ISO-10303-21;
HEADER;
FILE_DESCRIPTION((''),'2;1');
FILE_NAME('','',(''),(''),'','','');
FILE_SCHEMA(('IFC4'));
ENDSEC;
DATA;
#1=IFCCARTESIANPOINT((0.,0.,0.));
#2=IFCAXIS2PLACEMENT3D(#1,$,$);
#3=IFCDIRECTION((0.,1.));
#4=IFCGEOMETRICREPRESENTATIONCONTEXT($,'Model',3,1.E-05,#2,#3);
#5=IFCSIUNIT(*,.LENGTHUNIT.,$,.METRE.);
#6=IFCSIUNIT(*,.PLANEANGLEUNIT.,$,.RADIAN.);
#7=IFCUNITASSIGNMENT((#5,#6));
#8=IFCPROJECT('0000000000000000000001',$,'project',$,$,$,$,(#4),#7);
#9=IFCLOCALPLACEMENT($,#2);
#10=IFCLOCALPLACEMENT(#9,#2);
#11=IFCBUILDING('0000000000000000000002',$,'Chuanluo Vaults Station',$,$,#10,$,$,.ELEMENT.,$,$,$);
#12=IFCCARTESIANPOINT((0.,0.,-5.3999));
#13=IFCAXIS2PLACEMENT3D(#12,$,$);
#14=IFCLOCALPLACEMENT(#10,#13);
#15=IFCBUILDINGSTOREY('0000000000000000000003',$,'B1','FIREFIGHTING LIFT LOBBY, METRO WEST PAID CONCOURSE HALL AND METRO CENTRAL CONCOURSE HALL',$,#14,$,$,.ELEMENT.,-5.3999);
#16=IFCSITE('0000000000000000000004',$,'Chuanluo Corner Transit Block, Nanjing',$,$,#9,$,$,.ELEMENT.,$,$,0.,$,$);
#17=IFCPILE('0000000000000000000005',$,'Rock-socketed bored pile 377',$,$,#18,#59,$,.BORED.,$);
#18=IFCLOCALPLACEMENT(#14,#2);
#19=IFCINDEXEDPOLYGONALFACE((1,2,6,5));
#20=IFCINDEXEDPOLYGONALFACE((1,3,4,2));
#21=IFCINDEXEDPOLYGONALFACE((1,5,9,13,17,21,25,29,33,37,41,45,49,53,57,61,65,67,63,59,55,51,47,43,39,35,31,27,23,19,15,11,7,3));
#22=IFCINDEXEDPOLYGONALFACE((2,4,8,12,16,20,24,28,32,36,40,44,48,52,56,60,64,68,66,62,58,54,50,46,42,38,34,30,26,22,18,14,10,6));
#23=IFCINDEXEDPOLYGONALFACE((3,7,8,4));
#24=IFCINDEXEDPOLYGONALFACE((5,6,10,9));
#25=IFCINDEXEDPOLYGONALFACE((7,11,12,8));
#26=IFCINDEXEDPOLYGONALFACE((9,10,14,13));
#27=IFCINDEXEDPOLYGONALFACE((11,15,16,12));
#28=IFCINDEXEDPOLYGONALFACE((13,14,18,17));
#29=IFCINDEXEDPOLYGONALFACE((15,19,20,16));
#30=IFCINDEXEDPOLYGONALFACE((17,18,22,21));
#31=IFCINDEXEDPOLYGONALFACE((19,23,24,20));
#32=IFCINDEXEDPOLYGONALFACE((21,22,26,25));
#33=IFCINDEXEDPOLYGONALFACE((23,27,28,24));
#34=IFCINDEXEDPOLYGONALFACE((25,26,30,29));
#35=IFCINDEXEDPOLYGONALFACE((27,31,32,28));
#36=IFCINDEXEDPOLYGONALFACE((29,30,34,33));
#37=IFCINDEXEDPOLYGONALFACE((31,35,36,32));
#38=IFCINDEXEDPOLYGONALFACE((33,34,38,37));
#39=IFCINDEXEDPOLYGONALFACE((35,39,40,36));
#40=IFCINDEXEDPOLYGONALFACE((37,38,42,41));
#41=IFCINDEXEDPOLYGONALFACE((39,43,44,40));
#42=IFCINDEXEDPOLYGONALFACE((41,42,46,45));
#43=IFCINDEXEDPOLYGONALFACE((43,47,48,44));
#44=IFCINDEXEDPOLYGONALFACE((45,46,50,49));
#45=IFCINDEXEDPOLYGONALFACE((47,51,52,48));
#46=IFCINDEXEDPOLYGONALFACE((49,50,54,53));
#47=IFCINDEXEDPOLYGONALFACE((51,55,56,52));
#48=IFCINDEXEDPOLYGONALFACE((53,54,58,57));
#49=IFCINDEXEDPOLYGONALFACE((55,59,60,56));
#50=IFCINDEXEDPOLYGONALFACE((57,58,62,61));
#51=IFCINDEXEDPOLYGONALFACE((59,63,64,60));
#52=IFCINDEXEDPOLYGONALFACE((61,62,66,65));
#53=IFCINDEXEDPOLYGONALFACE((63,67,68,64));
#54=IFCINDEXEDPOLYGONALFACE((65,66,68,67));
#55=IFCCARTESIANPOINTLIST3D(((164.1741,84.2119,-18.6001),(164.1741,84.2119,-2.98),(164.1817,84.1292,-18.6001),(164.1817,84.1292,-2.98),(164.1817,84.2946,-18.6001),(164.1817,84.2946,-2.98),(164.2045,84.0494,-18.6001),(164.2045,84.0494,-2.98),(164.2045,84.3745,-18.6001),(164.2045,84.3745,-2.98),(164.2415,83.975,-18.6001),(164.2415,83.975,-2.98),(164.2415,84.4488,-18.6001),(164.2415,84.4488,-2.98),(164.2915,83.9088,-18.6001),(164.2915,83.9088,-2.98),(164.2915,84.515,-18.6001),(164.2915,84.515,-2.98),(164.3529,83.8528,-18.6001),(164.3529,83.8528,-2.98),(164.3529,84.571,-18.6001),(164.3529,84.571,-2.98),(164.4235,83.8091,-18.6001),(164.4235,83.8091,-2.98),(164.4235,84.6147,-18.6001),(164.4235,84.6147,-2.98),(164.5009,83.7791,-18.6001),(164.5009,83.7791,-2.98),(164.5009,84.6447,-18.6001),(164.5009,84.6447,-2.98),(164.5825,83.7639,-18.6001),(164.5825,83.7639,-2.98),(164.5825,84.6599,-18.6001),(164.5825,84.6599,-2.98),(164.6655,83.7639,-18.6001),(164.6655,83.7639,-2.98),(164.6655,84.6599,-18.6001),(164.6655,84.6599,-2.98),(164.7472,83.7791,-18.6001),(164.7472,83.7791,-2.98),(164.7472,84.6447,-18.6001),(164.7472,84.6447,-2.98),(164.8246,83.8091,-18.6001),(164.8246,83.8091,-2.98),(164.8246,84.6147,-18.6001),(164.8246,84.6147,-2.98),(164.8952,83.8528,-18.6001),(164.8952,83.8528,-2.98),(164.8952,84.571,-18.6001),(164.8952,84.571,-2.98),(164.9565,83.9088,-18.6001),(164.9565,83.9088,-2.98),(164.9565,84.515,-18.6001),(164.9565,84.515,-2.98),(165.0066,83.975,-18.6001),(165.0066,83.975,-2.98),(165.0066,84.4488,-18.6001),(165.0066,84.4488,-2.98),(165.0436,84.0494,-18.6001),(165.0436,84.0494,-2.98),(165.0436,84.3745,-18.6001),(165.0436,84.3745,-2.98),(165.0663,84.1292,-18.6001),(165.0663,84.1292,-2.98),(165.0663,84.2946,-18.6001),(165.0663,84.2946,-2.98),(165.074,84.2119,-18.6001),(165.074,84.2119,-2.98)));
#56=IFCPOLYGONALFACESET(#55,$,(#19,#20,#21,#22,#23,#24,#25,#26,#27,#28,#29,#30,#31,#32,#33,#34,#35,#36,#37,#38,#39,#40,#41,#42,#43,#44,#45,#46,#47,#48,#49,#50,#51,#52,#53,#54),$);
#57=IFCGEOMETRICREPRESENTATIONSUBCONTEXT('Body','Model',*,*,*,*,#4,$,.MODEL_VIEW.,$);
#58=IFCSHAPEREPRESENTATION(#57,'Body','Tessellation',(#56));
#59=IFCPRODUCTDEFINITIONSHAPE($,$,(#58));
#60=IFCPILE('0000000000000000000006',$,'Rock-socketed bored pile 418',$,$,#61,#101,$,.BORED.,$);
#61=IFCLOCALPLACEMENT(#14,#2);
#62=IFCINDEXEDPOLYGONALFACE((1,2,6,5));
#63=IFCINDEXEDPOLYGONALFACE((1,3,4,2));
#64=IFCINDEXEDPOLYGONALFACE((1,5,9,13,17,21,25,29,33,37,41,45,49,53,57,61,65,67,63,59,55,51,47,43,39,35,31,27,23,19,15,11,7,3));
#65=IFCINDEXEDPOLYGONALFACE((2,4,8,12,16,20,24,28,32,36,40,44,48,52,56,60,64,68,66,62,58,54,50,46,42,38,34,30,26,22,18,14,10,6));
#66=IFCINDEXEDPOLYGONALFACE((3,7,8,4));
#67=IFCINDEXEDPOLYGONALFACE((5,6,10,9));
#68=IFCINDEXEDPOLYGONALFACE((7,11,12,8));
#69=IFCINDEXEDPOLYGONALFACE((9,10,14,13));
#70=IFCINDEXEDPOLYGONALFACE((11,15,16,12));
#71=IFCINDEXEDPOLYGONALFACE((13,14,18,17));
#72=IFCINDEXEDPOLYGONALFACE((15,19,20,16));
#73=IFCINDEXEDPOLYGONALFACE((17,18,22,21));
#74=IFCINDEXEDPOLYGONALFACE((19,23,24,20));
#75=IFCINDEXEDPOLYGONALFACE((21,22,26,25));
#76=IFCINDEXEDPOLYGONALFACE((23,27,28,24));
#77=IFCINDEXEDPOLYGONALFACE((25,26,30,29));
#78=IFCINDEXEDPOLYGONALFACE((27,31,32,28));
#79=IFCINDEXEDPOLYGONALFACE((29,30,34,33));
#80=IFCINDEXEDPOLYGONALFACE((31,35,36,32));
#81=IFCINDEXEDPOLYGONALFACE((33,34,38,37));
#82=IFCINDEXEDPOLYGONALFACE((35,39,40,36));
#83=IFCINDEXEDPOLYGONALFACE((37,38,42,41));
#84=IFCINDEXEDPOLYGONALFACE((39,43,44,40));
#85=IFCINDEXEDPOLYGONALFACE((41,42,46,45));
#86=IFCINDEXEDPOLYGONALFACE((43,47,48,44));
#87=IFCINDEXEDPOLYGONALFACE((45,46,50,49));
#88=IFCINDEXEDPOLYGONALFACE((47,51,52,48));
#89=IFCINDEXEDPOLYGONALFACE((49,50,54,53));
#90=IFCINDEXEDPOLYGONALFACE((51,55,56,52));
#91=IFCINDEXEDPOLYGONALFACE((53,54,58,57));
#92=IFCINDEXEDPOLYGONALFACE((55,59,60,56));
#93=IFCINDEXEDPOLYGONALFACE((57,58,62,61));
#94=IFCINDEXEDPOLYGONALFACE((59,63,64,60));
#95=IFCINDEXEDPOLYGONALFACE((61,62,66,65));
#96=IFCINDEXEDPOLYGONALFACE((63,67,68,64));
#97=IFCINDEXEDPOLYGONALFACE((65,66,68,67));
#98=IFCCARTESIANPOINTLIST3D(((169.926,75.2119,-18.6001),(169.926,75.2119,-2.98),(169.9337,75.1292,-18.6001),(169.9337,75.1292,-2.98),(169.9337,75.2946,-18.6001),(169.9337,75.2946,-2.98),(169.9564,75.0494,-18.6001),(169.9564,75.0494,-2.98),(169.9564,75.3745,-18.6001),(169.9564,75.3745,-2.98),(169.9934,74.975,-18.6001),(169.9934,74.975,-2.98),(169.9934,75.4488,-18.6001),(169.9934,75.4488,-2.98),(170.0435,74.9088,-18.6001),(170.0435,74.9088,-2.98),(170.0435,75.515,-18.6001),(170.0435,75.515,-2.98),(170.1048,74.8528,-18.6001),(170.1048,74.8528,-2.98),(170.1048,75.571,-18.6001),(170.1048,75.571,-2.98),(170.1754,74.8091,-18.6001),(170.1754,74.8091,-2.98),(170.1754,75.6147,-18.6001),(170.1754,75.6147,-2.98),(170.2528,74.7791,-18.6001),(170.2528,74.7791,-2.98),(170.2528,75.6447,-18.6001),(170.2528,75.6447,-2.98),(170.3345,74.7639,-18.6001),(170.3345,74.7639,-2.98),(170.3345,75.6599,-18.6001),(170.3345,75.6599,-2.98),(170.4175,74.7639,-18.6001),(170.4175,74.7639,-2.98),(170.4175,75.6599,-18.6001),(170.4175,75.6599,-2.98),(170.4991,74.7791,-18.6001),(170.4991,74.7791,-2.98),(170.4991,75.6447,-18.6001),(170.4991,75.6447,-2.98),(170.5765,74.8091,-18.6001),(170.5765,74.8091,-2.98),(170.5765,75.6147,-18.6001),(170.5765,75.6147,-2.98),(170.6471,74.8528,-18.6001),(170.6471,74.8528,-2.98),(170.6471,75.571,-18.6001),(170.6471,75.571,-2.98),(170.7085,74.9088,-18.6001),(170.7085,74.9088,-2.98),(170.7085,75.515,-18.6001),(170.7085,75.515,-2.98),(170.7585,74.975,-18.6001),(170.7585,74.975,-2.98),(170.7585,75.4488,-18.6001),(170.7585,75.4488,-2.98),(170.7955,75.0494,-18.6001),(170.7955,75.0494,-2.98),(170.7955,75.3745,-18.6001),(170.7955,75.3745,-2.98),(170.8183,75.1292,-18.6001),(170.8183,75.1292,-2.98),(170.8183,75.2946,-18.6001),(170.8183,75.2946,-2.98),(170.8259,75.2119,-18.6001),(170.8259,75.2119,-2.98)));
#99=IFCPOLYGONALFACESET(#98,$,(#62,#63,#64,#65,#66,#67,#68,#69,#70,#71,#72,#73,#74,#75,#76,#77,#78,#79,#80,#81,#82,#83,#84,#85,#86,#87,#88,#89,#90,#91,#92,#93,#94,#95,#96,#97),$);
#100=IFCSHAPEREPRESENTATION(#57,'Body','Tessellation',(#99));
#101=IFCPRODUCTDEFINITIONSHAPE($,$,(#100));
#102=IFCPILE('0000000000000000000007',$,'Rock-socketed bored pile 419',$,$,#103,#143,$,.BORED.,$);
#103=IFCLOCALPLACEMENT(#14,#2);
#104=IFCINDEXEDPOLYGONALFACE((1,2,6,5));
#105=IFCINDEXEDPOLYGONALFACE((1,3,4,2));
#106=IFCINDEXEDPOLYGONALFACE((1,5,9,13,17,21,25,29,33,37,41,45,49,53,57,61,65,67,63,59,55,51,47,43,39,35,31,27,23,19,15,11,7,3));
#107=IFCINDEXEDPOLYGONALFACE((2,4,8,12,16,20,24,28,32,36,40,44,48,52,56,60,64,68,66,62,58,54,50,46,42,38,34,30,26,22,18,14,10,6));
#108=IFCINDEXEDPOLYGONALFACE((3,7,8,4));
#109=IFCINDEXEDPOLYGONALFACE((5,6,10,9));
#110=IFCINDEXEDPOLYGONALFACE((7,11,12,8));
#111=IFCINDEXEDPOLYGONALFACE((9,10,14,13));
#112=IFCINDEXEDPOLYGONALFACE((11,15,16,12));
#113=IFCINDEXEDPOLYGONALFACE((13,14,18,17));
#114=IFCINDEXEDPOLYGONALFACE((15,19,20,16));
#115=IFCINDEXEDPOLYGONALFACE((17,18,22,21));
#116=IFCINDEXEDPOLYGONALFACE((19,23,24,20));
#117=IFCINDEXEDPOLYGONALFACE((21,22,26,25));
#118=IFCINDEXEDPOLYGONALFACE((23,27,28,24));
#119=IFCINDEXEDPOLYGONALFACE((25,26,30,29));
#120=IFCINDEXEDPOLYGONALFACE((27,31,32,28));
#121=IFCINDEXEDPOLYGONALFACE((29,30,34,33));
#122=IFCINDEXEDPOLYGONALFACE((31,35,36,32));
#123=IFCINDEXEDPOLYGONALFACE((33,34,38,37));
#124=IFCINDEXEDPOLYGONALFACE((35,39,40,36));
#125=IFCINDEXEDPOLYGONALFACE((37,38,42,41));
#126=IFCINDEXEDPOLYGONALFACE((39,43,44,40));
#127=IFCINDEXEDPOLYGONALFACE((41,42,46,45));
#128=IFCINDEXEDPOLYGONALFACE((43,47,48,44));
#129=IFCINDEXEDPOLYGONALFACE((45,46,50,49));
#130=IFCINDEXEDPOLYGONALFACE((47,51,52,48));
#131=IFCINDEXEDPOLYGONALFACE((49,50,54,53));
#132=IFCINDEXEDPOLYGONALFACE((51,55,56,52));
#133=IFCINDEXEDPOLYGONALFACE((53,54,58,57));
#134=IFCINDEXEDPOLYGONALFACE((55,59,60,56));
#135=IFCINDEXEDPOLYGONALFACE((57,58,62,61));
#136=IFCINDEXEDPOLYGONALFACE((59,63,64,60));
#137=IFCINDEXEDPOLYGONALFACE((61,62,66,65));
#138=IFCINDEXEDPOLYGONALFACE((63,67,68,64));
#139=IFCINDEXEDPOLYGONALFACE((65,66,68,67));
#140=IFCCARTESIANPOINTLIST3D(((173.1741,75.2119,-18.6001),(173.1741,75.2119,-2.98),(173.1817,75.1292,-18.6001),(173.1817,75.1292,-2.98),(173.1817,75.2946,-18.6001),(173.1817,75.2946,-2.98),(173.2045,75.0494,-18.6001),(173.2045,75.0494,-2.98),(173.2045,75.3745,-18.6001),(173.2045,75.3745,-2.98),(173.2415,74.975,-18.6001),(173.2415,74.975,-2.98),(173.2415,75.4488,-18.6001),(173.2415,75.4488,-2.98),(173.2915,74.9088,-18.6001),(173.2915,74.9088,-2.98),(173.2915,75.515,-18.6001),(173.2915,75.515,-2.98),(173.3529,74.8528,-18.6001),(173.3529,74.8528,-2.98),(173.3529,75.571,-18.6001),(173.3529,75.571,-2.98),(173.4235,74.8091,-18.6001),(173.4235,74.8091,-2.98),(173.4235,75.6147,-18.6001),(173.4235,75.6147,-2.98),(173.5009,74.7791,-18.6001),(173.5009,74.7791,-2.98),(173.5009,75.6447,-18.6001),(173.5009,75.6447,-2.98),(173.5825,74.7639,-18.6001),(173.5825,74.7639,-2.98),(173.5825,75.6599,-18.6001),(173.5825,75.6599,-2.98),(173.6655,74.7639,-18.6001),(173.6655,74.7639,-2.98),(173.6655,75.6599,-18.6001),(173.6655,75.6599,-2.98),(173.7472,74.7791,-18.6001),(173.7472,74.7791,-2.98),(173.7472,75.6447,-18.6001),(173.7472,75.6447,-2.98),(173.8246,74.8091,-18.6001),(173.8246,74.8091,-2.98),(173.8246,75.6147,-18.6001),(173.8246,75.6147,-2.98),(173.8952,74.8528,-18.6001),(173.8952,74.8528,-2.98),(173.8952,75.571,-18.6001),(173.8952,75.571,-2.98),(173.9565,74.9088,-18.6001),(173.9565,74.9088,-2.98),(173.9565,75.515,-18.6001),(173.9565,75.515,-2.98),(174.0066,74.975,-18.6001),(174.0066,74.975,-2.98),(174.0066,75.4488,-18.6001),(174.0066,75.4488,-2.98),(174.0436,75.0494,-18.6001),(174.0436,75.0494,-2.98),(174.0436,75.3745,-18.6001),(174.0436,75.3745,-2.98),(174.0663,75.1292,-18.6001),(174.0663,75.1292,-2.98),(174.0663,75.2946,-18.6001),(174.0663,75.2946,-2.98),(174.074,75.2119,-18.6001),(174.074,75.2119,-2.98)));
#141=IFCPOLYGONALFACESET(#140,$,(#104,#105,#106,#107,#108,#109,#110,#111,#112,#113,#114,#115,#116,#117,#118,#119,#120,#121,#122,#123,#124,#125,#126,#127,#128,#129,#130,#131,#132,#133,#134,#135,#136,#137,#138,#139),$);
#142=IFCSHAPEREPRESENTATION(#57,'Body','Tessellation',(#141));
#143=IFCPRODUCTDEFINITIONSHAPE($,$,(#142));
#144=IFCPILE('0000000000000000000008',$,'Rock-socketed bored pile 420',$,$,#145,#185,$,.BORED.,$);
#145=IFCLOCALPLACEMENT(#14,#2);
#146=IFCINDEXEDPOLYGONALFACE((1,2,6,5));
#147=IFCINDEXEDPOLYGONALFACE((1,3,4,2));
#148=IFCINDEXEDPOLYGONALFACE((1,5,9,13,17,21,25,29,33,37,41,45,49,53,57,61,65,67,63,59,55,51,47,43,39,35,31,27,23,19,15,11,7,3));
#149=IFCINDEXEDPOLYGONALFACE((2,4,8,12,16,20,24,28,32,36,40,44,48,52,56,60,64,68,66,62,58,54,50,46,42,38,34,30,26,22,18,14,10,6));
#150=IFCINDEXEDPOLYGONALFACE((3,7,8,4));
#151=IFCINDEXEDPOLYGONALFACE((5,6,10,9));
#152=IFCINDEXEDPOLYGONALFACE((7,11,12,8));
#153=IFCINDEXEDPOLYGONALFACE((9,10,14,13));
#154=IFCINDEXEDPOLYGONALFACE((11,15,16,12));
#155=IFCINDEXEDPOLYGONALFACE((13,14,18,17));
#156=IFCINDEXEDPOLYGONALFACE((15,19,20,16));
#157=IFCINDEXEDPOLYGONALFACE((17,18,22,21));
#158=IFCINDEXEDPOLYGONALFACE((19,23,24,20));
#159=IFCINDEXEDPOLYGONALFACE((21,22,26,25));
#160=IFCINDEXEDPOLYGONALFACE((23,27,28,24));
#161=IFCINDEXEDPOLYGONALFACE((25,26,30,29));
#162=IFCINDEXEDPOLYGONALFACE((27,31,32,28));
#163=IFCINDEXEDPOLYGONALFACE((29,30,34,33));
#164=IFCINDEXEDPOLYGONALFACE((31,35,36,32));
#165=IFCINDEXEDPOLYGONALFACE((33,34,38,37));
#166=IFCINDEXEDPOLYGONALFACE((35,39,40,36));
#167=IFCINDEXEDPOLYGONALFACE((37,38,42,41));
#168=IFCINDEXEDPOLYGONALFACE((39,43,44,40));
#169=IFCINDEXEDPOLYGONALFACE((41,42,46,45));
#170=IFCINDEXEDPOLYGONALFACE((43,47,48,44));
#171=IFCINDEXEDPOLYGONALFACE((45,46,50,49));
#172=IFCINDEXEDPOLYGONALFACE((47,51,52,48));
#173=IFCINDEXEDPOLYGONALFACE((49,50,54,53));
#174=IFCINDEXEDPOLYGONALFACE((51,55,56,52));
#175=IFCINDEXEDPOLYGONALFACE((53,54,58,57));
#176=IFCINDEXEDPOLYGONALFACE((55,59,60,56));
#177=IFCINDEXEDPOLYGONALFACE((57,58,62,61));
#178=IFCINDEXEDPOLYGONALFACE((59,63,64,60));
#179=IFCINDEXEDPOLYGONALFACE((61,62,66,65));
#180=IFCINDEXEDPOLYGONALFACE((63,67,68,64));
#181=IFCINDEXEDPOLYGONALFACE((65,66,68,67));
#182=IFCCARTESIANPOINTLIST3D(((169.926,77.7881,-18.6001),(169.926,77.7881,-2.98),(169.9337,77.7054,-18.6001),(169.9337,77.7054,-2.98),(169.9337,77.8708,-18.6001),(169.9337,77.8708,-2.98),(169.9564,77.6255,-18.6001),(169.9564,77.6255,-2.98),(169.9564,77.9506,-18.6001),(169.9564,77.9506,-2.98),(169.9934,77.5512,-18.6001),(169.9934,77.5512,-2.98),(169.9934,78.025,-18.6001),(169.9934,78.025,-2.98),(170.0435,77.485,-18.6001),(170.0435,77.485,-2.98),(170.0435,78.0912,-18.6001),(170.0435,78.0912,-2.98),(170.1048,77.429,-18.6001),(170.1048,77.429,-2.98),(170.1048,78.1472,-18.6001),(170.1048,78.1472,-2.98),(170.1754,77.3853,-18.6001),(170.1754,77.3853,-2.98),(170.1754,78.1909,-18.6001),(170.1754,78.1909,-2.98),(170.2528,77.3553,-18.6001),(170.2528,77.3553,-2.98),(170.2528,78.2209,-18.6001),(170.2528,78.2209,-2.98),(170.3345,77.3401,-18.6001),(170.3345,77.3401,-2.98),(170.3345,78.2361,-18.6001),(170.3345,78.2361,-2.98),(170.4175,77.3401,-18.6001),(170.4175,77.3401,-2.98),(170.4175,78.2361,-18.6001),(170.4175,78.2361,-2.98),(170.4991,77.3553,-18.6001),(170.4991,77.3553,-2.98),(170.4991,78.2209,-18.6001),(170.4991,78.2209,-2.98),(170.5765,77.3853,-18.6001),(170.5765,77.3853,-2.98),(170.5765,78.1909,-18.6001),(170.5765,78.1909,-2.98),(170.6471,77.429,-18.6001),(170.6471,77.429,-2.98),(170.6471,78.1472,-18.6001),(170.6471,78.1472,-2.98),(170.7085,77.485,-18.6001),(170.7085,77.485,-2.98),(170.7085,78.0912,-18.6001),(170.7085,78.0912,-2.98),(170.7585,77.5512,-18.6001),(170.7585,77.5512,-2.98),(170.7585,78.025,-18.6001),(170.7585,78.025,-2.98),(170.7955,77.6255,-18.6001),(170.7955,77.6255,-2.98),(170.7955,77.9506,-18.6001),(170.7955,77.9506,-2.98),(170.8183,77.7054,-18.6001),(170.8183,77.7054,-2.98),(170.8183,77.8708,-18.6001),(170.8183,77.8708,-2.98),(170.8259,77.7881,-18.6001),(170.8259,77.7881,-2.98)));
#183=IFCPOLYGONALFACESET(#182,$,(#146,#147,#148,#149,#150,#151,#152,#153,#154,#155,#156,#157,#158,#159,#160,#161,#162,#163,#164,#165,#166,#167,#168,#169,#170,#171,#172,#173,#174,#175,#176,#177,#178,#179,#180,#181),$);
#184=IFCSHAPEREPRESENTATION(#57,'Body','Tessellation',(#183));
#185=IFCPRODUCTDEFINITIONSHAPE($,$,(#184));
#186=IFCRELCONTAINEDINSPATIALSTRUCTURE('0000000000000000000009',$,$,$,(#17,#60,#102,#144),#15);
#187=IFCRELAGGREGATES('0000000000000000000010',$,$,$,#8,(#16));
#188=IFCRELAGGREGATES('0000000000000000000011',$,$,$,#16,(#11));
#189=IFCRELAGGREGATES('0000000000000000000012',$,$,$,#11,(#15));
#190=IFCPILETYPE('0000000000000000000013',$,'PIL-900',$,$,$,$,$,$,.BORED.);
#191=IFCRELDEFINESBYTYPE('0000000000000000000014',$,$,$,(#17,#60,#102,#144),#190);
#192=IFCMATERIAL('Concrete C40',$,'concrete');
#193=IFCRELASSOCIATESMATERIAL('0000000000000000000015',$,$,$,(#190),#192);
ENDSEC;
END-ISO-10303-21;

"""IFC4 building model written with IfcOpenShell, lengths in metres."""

from ifc_helpers import new_model, si_unit, direction, frame, origin, origin_2d, place, context, subcontext, project, spatial, circle, extrude, material, material_profile, profile_set, type_object, element, save


model = new_model("IFC4")

# Units and contexts
model_context = context("Model", 3, precision=1e-05, world=origin(), true_north=direction((0.0, 1.0)))
body_context = subcontext(model_context, "Body", "Model", "MODEL_VIEW")
ifc_project = project(units=[si_unit("LENGTHUNIT", "METRE"), si_unit("PLANEANGLEUNIT", "RADIAN")], contexts=[model_context])

# Site, building, storey
site_placement = place(None, origin())
site = spatial("IfcSite", under=ifc_project, at=site_placement, Name="Chuanluo Corner Transit Block, Nanjing", CompositionType="ELEMENT", RefElevation=0.0)
building_placement = place(site_placement, origin())
building = spatial("IfcBuilding", under=site, at=building_placement, Name="Chuanluo Vaults Station", CompositionType="ELEMENT")
storey_placement = place(building_placement, frame((0.0, 0.0, -5.3999)))
storey = spatial("IfcBuildingStorey", under=building, at=storey_placement, Name="B1", Description="FIREFIGHTING LIFT LOBBY, METRO WEST PAID CONCOURSE HALL AND METRO CENTRAL CONCOURSE HALL", CompositionType="ELEMENT", Elevation=-5.3999)

# Piles
ifc_material_1 = material(Name="Concrete C40", Category="concrete")
ifc_material_profile_1 = material_profile(ifc_material_1, circle(Radius=0.45, at=origin_2d()))
ifc_profile_set_1 = profile_set([ifc_material_profile_1], Name="Concrete C40")
pile_type_1 = type_object("IfcPileType", Name="PIL-900", PredefinedType="BORED", material=ifc_profile_set_1)
for number, where, z_axis, x_axis, name in (
    (1, (164.624, 84.2119, -2.98), (0.0, 0.0, -1.0), (1.0, 0.0, 0.0), "Rock-socketed bored pile 377"),
    (2, (170.376, 75.2119, -2.98), (0.0, 0.0, -1.0), (1.0, 0.0, 0.0), "Rock-socketed bored pile 418"),
    (3, (173.624, 75.2119, -2.98), (0.0, 0.0, -1.0), (1.0, 0.0, 0.0), "Rock-socketed bored pile 419"),
    (4, (170.376, 77.7881, -2.98), (0.0, 0.0, -1.0), (1.0, 0.0, 0.0), "Rock-socketed bored pile 420"),
):
    element("IfcPile", number, at=place(storey_placement, frame(where, z_axis=z_axis, x_axis=x_axis)), inside=storey, type_object=pile_type_1, Name=name, PredefinedType="BORED", context=body_context, shape_type="SweptSolid", body=[
        extrude(circle(Radius=0.45, at=origin_2d()), origin(), (0.0, 0.0, 1.0), 15.6201),
    ])

save(model, "model.ifc")
